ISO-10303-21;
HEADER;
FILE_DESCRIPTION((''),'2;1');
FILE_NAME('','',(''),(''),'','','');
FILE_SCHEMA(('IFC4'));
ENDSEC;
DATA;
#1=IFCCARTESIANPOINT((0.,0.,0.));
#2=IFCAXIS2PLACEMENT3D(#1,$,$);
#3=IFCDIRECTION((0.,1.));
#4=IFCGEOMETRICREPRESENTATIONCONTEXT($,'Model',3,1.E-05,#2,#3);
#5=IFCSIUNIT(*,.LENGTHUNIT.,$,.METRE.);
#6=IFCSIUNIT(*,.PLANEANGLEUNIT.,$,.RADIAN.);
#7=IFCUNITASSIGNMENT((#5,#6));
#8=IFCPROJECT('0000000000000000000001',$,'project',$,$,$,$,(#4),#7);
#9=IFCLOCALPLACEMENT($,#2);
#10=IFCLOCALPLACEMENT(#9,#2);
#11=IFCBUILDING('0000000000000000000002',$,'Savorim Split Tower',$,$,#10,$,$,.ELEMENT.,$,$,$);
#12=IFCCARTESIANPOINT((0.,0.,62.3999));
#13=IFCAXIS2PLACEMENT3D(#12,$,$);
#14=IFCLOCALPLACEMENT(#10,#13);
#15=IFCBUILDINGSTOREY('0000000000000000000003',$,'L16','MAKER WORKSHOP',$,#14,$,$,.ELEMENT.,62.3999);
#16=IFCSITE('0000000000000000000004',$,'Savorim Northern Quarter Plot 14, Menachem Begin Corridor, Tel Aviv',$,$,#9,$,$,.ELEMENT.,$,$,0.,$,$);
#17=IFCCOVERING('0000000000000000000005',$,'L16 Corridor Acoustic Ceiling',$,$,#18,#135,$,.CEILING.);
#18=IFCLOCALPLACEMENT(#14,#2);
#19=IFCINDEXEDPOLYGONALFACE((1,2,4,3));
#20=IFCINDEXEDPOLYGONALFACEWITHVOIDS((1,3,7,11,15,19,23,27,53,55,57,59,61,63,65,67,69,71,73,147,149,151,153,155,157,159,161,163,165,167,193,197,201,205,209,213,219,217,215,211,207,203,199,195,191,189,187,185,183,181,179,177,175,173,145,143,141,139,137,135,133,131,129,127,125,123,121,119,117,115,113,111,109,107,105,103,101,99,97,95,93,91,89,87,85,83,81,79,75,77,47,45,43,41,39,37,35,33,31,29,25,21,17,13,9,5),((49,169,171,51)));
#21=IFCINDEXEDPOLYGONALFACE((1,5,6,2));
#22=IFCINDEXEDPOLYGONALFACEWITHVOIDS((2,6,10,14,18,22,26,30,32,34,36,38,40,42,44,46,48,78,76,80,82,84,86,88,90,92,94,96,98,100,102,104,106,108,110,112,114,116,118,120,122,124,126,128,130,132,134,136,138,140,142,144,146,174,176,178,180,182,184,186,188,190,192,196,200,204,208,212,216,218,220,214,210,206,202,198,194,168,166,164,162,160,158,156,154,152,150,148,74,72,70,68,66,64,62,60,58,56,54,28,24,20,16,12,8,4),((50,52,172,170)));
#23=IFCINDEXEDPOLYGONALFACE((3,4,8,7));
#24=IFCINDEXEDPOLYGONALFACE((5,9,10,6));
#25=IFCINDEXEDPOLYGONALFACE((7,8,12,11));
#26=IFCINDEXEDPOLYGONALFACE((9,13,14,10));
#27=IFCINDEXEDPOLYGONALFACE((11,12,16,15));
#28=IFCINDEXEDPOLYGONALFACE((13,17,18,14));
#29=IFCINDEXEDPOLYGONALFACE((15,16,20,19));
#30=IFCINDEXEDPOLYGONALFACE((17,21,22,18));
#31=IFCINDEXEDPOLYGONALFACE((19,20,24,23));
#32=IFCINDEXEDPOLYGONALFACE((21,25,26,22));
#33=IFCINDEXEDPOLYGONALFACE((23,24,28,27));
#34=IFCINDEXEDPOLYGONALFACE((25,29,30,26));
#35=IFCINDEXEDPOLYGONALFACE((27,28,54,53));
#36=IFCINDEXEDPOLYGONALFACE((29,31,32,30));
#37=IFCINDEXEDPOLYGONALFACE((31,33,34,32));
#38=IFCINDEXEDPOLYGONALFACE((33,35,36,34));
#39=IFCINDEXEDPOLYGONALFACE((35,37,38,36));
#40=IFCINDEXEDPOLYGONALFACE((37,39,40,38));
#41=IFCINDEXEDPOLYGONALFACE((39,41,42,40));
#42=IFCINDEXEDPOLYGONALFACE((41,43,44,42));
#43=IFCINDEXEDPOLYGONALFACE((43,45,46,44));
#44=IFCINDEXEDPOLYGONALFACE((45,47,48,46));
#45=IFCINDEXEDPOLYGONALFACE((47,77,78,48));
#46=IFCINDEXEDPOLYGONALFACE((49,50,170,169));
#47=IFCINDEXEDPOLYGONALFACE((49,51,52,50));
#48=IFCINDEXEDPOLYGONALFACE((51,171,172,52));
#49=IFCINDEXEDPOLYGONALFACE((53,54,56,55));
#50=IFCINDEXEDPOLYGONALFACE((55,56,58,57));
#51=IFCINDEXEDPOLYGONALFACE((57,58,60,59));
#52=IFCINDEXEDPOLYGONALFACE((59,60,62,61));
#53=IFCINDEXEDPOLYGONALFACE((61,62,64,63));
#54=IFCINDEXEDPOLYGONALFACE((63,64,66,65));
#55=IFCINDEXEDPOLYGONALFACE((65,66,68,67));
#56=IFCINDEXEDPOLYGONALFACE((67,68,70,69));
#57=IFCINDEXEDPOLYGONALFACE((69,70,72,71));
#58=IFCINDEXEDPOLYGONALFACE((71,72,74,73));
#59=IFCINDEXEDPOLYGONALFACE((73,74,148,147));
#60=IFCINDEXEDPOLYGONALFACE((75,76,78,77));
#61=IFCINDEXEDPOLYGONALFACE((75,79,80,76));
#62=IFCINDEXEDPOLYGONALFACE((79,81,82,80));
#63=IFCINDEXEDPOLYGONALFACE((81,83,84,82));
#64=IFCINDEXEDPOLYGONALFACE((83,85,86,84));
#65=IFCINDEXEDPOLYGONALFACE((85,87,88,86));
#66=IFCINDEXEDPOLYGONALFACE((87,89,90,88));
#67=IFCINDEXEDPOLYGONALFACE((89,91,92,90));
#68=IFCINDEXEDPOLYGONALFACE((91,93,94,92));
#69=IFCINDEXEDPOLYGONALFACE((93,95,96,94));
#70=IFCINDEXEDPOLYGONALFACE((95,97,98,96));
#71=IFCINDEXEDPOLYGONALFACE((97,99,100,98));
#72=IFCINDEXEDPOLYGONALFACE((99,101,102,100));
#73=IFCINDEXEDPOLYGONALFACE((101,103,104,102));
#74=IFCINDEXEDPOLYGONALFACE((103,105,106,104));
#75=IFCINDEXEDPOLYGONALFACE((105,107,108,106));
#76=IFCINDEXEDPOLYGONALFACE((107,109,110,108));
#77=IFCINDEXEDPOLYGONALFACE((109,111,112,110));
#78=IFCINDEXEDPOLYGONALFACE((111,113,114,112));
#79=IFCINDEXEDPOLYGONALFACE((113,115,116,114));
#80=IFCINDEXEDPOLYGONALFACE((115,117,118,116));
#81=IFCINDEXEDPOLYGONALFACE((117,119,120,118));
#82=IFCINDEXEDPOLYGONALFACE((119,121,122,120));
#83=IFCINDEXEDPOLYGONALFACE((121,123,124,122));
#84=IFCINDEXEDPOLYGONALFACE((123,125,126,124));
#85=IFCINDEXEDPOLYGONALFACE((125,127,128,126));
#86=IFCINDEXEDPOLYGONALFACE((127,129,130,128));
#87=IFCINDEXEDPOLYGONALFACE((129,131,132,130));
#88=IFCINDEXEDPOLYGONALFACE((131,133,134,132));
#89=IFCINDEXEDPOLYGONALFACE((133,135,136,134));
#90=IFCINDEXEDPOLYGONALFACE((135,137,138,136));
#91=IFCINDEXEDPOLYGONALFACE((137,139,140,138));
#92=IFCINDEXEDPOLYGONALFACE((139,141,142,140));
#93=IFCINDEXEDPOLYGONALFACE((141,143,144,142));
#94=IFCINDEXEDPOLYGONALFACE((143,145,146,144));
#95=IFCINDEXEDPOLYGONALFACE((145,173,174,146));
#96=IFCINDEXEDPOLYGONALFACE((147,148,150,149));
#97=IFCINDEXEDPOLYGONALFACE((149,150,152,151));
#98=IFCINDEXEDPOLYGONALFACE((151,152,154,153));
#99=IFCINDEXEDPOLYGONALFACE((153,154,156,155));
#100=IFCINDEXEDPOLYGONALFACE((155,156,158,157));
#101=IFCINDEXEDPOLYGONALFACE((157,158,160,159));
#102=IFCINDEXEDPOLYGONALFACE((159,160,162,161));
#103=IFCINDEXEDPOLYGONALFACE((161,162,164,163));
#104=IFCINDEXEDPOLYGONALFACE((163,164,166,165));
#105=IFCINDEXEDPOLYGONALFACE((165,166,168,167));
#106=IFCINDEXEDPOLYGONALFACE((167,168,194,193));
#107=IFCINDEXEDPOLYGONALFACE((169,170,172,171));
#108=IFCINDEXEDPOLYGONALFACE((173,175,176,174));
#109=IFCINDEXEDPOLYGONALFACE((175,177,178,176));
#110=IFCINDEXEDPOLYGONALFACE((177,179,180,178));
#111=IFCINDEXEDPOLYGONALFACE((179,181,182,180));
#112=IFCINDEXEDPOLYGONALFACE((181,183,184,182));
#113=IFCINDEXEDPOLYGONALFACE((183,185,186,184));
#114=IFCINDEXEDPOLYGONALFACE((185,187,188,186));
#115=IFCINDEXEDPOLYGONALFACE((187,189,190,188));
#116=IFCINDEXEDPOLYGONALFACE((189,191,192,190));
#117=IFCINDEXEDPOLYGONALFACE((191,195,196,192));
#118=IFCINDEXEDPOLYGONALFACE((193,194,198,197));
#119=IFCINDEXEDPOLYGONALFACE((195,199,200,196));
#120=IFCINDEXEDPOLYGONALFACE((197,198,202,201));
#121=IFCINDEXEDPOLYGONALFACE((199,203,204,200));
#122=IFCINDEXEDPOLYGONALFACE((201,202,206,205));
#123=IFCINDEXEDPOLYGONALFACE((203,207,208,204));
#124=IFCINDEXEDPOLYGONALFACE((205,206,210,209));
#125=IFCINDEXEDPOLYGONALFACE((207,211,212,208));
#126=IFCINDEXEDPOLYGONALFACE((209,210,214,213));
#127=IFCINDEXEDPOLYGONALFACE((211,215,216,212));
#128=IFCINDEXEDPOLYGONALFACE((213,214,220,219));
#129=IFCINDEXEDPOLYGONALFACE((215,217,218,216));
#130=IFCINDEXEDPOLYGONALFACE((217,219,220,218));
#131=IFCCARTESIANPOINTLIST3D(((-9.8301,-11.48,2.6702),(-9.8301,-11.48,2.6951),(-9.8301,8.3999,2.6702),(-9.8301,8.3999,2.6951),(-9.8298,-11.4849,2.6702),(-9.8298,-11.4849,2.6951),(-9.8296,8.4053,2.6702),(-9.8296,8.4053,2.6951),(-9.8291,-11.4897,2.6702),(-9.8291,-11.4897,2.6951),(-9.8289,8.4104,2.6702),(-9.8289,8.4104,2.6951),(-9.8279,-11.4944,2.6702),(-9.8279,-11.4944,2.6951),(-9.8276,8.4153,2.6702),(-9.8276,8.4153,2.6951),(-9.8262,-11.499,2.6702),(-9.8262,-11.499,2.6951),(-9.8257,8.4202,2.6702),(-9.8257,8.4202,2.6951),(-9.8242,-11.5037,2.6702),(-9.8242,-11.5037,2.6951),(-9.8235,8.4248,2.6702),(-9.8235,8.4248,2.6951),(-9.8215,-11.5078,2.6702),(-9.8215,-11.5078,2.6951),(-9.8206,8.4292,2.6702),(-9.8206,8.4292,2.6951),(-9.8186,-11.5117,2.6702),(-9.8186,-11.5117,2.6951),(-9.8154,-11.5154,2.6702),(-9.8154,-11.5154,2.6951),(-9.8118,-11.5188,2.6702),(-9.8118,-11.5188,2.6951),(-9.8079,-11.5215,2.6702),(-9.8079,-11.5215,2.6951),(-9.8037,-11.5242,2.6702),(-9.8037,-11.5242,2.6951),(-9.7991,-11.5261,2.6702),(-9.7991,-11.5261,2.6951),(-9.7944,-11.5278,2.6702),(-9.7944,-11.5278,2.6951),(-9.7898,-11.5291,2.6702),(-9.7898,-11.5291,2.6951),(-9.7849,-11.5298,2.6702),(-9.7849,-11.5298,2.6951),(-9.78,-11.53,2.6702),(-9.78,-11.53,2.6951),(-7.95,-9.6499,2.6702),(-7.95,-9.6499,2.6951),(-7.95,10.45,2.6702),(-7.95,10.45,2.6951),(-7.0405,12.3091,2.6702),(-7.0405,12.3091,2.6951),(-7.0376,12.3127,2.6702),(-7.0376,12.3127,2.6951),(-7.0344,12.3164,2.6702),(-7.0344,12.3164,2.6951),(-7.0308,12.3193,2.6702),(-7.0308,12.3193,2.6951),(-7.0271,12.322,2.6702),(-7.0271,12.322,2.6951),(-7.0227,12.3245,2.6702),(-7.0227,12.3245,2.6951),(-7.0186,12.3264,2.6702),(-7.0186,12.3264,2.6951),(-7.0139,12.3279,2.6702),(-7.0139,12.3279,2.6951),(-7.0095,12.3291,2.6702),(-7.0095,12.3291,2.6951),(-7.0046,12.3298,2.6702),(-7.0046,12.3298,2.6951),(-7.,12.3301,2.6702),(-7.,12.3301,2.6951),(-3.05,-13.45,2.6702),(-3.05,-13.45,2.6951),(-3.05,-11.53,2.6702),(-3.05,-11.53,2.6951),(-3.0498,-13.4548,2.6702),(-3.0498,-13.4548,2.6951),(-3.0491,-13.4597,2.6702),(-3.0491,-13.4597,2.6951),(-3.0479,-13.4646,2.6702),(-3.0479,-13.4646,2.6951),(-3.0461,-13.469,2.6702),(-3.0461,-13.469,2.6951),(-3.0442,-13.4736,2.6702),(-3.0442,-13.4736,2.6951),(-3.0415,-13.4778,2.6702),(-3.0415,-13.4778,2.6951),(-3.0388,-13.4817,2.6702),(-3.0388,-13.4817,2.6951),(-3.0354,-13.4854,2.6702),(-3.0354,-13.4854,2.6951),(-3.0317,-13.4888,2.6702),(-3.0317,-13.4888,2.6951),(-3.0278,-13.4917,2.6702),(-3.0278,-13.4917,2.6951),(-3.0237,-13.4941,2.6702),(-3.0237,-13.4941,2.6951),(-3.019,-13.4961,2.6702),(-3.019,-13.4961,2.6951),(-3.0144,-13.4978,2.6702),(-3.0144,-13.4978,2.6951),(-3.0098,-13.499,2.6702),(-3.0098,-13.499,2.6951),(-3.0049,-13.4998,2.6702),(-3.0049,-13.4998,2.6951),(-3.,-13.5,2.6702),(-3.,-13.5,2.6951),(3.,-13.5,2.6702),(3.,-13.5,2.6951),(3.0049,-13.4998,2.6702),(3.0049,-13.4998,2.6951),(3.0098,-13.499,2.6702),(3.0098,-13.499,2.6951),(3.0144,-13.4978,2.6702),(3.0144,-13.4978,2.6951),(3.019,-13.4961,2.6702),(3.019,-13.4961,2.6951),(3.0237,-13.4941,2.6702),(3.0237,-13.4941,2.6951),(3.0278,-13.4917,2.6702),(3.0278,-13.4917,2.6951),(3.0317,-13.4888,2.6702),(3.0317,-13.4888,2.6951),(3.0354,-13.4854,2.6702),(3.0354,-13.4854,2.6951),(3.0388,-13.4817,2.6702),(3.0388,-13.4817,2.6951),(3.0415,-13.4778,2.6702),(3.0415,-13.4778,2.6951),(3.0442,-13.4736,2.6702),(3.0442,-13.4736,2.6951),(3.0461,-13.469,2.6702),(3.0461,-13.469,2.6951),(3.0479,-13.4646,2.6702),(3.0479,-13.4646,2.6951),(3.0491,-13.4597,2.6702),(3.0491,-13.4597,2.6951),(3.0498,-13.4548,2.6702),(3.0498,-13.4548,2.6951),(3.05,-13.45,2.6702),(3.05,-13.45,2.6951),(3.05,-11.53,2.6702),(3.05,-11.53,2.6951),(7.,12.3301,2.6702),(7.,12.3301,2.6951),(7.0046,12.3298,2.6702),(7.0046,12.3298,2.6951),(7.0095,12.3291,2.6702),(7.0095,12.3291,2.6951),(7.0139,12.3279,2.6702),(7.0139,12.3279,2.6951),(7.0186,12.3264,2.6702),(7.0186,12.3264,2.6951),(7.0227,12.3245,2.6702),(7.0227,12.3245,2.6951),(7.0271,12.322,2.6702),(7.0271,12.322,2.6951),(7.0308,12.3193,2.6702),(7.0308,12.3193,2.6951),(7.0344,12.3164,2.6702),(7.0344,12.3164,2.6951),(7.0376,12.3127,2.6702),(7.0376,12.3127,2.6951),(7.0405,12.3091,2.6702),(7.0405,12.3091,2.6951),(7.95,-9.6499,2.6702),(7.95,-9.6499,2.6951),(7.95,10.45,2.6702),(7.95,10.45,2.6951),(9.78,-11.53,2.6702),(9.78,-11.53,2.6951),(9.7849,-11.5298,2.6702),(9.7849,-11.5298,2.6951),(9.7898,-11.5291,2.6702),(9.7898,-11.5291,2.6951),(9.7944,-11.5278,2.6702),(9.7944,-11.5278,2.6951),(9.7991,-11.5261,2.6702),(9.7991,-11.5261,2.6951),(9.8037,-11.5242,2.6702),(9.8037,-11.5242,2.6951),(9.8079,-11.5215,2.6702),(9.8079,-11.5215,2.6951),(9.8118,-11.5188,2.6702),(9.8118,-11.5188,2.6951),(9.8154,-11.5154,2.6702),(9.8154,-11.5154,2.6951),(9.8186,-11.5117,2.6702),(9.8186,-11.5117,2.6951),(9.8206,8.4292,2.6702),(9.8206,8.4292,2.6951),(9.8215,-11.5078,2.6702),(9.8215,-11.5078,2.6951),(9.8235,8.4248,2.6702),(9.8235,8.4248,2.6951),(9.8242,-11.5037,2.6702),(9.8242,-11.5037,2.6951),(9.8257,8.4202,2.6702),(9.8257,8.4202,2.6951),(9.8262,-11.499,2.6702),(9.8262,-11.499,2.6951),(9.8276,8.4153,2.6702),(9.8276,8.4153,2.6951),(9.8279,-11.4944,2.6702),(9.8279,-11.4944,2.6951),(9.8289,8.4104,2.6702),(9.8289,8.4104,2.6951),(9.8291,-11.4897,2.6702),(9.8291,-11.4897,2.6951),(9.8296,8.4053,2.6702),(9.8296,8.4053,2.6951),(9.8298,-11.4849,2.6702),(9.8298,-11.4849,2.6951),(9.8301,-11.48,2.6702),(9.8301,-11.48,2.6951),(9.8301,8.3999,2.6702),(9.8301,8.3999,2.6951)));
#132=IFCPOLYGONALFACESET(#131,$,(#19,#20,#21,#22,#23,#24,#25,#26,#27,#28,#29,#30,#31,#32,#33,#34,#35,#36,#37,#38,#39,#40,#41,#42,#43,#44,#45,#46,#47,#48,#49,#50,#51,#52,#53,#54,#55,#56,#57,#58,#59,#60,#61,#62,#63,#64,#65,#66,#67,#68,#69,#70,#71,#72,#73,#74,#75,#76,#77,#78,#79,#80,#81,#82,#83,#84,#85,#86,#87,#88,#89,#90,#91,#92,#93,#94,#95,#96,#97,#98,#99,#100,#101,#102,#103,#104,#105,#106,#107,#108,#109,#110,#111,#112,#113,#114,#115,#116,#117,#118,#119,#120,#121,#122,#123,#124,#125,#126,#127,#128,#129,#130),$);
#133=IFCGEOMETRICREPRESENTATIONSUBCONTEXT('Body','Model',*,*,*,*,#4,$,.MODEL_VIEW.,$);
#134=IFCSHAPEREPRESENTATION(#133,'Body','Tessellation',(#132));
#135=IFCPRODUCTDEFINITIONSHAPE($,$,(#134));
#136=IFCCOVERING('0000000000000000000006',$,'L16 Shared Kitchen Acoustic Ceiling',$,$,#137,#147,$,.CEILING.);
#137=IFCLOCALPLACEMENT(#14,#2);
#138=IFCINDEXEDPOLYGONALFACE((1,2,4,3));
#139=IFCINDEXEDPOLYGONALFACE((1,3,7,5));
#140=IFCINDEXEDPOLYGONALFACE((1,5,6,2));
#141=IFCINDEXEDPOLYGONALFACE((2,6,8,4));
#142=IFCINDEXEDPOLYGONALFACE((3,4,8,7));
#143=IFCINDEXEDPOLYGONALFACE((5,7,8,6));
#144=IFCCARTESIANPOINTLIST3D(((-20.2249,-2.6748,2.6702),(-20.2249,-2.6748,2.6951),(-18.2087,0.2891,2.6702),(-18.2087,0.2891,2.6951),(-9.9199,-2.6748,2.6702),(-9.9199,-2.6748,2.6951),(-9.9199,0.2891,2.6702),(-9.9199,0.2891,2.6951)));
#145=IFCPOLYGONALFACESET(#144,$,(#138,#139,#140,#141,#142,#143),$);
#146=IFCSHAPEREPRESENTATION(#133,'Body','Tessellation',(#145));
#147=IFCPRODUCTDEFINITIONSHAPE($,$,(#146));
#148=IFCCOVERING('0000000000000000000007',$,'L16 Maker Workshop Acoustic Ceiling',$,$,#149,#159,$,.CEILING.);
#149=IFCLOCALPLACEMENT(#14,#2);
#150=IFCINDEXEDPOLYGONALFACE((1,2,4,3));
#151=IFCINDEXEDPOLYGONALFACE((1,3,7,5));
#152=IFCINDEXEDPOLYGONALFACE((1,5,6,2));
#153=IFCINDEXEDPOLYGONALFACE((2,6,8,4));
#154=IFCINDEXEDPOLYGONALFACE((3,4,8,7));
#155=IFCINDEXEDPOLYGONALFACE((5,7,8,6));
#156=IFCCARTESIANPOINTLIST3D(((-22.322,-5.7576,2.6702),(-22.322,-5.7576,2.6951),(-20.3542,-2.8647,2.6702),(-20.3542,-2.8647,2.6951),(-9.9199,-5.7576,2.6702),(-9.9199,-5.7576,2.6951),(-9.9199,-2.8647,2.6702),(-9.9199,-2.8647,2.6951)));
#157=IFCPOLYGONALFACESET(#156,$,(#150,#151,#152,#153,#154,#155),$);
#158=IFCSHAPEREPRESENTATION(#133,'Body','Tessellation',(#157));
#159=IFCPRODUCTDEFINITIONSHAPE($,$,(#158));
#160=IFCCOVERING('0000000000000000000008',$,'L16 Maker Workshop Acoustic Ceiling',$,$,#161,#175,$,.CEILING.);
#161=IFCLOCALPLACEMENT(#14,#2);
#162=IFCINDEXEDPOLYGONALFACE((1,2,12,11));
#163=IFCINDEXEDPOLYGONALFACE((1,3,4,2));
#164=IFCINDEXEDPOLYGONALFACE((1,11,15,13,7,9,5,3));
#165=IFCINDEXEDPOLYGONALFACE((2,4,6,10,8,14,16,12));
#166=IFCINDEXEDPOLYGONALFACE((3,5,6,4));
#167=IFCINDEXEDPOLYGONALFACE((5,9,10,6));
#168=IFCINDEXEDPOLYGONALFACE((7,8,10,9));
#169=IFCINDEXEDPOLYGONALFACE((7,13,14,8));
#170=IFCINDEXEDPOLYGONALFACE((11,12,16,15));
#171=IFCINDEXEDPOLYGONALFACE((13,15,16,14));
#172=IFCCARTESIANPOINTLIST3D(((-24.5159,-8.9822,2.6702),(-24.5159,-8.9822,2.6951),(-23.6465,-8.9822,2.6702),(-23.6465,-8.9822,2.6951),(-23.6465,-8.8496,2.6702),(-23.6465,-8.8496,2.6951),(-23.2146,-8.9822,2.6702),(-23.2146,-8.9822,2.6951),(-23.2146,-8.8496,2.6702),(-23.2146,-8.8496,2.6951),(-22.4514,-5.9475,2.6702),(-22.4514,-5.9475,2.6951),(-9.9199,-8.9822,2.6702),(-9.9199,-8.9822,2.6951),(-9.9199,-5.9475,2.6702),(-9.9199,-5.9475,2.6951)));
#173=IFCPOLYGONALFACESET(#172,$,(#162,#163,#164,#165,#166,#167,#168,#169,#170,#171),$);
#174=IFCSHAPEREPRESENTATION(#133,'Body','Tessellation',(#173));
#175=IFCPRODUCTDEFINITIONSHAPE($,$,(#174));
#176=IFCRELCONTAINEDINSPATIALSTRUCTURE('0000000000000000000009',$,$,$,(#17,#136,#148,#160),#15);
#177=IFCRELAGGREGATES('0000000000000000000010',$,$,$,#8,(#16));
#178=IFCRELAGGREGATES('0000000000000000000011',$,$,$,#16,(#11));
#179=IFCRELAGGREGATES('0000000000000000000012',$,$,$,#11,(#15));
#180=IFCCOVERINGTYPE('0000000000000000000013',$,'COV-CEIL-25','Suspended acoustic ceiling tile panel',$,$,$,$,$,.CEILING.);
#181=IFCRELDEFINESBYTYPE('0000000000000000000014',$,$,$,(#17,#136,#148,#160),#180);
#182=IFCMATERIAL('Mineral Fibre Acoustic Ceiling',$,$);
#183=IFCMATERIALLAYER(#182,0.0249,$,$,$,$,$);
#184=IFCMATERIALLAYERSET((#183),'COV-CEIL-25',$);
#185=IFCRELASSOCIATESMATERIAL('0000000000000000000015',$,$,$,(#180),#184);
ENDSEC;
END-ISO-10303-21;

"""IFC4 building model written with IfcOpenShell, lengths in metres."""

from ifc_helpers import new_model, si_unit, direction, frame, origin, place, context, subcontext, project, spatial, polyline, outline, extrude, material, layer, layer_set, type_object, element, save


model = new_model("IFC4")

# Units and contexts
model_context = context("Model", 3, precision=1e-05, world=origin(), true_north=direction((0.0, 1.0)))
body_context = subcontext(model_context, "Body", "Model", "MODEL_VIEW")
ifc_project = project(units=[si_unit("LENGTHUNIT", "METRE"), si_unit("PLANEANGLEUNIT", "RADIAN")], contexts=[model_context])

# Site, building, storey
site_placement = place(None, origin())
site = spatial("IfcSite", under=ifc_project, at=site_placement, Name="Savorim Northern Quarter Plot 14, Menachem Begin Corridor, Tel Aviv", CompositionType="ELEMENT", RefElevation=0.0)
building_placement = place(site_placement, origin())
building = spatial("IfcBuilding", under=site, at=building_placement, Name="Savorim Split Tower", CompositionType="ELEMENT")
storey_placement = place(building_placement, frame((0.0, 0.0, 62.3999)))
storey = spatial("IfcBuildingStorey", under=building, at=storey_placement, Name="L16", Description="MAKER WORKSHOP", CompositionType="ELEMENT", Elevation=62.3999)

# Coverings
ifc_material_1 = material(Name="Mineral Fibre Acoustic Ceiling")
ifc_layer_1 = layer(ifc_material_1, 0.0249)
ifc_layer_set_1 = layer_set([ifc_layer_1], Name="COV-CEIL-25")
covering_type_1 = type_object("IfcCoveringType", Name="COV-CEIL-25", Description="Suspended acoustic ceiling tile panel", PredefinedType="CEILING", material=ifc_layer_set_1)
covering_1_placement = place(storey_placement, frame((0.0, 0.0, 2.6702)))
element("IfcCovering", 1, at=covering_1_placement, inside=storey, type_object=covering_type_1, Name="L16 Corridor Acoustic Ceiling", PredefinedType="CEILING", context=body_context, shape_type="SweptSolid", body=[
    extrude(outline(polyline([(7.0095, 12.3291), (7.0046, 12.3298), (7.0, 12.3301), (-7.0, 12.3301), (-7.0046, 12.3298), (-7.0095, 12.3291), (-7.0139, 12.3279), (-7.0186, 12.3264), (-7.0227, 12.3245), (-7.0271, 12.322), (-7.0308, 12.3193), (-7.0344, 12.3164), (-7.0376, 12.3127), (-7.0405, 12.3091), (-9.8206, 8.4292), (-9.8235, 8.4248), (-9.8257, 8.4202), (-9.8276, 8.4153), (-9.8289, 8.4104), (-9.8296, 8.4053), (-9.8301, 8.3999), (-9.8301, -11.48), (-9.8298, -11.4849), (-9.8291, -11.4897), (-9.8279, -11.4944), (-9.8262, -11.499), (-9.8242, -11.5037), (-9.8215, -11.5078), (-9.8186, -11.5117), (-9.8154, -11.5154), (-9.8118, -11.5188), (-9.8079, -11.5215), (-9.8037, -11.5242), (-9.7991, -11.5261), (-9.7944, -11.5278), (-9.7898, -11.5291), (-9.7849, -11.5298), (-9.78, -11.53), (-3.05, -11.53), (-3.05, -13.45), (-3.0498, -13.4548), (-3.0491, -13.4597), (-3.0479, -13.4646), (-3.0461, -13.469), (-3.0442, -13.4736), (-3.0415, -13.4778), (-3.0388, -13.4817), (-3.0354, -13.4854), (-3.0317, -13.4888), (-3.0278, -13.4917), (-3.0237, -13.4941), (-3.019, -13.4961), (-3.0144, -13.4978), (-3.0098, -13.499), (-3.0049, -13.4998), (-3.0, -13.5), (3.0, -13.5), (3.0049, -13.4998), (3.0098, -13.499), (3.0144, -13.4978), (3.019, -13.4961), (3.0237, -13.4941), (3.0278, -13.4917), (3.0317, -13.4888), (3.0354, -13.4854), (3.0388, -13.4817), (3.0415, -13.4778), (3.0442, -13.4736), (3.0461, -13.469), (3.0479, -13.4646), (3.0491, -13.4597), (3.0498, -13.4548), (3.05, -13.45), (3.05, -11.53), (9.78, -11.53), (9.7849, -11.5298), (9.7898, -11.5291), (9.7944, -11.5278), (9.7991, -11.5261), (9.8037, -11.5242), (9.8079, -11.5215), (9.8118, -11.5188), (9.8154, -11.5154), (9.8186, -11.5117), (9.8215, -11.5078), (9.8242, -11.5037), (9.8262, -11.499), (9.8279, -11.4944), (9.8291, -11.4897), (9.8298, -11.4849), (9.8301, -11.48), (9.8301, 8.3999), (9.8296, 8.4053), (9.8289, 8.4104), (9.8276, 8.4153), (9.8257, 8.4202), (9.8235, 8.4248), (9.8206, 8.4292), (7.0405, 12.3091), (7.0376, 12.3127), (7.0344, 12.3164), (7.0308, 12.3193), (7.0271, 12.322), (7.0227, 12.3245), (7.0186, 12.3264), (7.0139, 12.3279), (7.0095, 12.3291)]), holes=[polyline([(-7.95, 10.45), (-7.95, -9.6499), (7.95, -9.6499), (7.95, 10.45), (-7.95, 10.45)])]), origin(), (0.0, 0.0, 1.0), 0.0249),
])
covering_2_placement = place(storey_placement, frame((0.0, 0.0, 2.6702)))
element("IfcCovering", 2, at=covering_2_placement, inside=storey, type_object=covering_type_1, Name="L16 Shared Kitchen Acoustic Ceiling", PredefinedType="CEILING", context=body_context, shape_type="SweptSolid", body=[
    extrude(outline(polyline([(-18.2087, 0.2891), (-20.2249, -2.6748), (-9.9199, -2.6748), (-9.9199, 0.2891), (-18.2087, 0.2891)])), origin(), (0.0, 0.0, 1.0), 0.0249),
])
covering_3_placement = place(storey_placement, frame((0.0, 0.0, 2.6702)))
element("IfcCovering", 3, at=covering_3_placement, inside=storey, type_object=covering_type_1, Name="L16 Maker Workshop Acoustic Ceiling", PredefinedType="CEILING", context=body_context, shape_type="SweptSolid", body=[
    extrude(outline(polyline([(-20.3542, -2.8647), (-22.322, -5.7576), (-9.9199, -5.7576), (-9.9199, -2.8647), (-20.3542, -2.8647)])), origin(), (0.0, 0.0, 1.0), 0.0249),
])
covering_4_placement = place(storey_placement, frame((0.0, 0.0, 2.6702)))
element("IfcCovering", 4, at=covering_4_placement, inside=storey, type_object=covering_type_1, Name="L16 Maker Workshop Acoustic Ceiling", PredefinedType="CEILING", context=body_context, shape_type="SweptSolid", body=[
    extrude(outline(polyline([(-23.2146, -8.8496), (-23.2146, -8.9822), (-9.9199, -8.9822), (-9.9199, -5.9475), (-22.4514, -5.9475), (-24.5159, -8.9822), (-23.6465, -8.9822), (-23.6465, -8.8496), (-23.2146, -8.8496)])), origin(), (0.0, 0.0, 1.0), 0.0249),
])

save(model, "model.ifc")
